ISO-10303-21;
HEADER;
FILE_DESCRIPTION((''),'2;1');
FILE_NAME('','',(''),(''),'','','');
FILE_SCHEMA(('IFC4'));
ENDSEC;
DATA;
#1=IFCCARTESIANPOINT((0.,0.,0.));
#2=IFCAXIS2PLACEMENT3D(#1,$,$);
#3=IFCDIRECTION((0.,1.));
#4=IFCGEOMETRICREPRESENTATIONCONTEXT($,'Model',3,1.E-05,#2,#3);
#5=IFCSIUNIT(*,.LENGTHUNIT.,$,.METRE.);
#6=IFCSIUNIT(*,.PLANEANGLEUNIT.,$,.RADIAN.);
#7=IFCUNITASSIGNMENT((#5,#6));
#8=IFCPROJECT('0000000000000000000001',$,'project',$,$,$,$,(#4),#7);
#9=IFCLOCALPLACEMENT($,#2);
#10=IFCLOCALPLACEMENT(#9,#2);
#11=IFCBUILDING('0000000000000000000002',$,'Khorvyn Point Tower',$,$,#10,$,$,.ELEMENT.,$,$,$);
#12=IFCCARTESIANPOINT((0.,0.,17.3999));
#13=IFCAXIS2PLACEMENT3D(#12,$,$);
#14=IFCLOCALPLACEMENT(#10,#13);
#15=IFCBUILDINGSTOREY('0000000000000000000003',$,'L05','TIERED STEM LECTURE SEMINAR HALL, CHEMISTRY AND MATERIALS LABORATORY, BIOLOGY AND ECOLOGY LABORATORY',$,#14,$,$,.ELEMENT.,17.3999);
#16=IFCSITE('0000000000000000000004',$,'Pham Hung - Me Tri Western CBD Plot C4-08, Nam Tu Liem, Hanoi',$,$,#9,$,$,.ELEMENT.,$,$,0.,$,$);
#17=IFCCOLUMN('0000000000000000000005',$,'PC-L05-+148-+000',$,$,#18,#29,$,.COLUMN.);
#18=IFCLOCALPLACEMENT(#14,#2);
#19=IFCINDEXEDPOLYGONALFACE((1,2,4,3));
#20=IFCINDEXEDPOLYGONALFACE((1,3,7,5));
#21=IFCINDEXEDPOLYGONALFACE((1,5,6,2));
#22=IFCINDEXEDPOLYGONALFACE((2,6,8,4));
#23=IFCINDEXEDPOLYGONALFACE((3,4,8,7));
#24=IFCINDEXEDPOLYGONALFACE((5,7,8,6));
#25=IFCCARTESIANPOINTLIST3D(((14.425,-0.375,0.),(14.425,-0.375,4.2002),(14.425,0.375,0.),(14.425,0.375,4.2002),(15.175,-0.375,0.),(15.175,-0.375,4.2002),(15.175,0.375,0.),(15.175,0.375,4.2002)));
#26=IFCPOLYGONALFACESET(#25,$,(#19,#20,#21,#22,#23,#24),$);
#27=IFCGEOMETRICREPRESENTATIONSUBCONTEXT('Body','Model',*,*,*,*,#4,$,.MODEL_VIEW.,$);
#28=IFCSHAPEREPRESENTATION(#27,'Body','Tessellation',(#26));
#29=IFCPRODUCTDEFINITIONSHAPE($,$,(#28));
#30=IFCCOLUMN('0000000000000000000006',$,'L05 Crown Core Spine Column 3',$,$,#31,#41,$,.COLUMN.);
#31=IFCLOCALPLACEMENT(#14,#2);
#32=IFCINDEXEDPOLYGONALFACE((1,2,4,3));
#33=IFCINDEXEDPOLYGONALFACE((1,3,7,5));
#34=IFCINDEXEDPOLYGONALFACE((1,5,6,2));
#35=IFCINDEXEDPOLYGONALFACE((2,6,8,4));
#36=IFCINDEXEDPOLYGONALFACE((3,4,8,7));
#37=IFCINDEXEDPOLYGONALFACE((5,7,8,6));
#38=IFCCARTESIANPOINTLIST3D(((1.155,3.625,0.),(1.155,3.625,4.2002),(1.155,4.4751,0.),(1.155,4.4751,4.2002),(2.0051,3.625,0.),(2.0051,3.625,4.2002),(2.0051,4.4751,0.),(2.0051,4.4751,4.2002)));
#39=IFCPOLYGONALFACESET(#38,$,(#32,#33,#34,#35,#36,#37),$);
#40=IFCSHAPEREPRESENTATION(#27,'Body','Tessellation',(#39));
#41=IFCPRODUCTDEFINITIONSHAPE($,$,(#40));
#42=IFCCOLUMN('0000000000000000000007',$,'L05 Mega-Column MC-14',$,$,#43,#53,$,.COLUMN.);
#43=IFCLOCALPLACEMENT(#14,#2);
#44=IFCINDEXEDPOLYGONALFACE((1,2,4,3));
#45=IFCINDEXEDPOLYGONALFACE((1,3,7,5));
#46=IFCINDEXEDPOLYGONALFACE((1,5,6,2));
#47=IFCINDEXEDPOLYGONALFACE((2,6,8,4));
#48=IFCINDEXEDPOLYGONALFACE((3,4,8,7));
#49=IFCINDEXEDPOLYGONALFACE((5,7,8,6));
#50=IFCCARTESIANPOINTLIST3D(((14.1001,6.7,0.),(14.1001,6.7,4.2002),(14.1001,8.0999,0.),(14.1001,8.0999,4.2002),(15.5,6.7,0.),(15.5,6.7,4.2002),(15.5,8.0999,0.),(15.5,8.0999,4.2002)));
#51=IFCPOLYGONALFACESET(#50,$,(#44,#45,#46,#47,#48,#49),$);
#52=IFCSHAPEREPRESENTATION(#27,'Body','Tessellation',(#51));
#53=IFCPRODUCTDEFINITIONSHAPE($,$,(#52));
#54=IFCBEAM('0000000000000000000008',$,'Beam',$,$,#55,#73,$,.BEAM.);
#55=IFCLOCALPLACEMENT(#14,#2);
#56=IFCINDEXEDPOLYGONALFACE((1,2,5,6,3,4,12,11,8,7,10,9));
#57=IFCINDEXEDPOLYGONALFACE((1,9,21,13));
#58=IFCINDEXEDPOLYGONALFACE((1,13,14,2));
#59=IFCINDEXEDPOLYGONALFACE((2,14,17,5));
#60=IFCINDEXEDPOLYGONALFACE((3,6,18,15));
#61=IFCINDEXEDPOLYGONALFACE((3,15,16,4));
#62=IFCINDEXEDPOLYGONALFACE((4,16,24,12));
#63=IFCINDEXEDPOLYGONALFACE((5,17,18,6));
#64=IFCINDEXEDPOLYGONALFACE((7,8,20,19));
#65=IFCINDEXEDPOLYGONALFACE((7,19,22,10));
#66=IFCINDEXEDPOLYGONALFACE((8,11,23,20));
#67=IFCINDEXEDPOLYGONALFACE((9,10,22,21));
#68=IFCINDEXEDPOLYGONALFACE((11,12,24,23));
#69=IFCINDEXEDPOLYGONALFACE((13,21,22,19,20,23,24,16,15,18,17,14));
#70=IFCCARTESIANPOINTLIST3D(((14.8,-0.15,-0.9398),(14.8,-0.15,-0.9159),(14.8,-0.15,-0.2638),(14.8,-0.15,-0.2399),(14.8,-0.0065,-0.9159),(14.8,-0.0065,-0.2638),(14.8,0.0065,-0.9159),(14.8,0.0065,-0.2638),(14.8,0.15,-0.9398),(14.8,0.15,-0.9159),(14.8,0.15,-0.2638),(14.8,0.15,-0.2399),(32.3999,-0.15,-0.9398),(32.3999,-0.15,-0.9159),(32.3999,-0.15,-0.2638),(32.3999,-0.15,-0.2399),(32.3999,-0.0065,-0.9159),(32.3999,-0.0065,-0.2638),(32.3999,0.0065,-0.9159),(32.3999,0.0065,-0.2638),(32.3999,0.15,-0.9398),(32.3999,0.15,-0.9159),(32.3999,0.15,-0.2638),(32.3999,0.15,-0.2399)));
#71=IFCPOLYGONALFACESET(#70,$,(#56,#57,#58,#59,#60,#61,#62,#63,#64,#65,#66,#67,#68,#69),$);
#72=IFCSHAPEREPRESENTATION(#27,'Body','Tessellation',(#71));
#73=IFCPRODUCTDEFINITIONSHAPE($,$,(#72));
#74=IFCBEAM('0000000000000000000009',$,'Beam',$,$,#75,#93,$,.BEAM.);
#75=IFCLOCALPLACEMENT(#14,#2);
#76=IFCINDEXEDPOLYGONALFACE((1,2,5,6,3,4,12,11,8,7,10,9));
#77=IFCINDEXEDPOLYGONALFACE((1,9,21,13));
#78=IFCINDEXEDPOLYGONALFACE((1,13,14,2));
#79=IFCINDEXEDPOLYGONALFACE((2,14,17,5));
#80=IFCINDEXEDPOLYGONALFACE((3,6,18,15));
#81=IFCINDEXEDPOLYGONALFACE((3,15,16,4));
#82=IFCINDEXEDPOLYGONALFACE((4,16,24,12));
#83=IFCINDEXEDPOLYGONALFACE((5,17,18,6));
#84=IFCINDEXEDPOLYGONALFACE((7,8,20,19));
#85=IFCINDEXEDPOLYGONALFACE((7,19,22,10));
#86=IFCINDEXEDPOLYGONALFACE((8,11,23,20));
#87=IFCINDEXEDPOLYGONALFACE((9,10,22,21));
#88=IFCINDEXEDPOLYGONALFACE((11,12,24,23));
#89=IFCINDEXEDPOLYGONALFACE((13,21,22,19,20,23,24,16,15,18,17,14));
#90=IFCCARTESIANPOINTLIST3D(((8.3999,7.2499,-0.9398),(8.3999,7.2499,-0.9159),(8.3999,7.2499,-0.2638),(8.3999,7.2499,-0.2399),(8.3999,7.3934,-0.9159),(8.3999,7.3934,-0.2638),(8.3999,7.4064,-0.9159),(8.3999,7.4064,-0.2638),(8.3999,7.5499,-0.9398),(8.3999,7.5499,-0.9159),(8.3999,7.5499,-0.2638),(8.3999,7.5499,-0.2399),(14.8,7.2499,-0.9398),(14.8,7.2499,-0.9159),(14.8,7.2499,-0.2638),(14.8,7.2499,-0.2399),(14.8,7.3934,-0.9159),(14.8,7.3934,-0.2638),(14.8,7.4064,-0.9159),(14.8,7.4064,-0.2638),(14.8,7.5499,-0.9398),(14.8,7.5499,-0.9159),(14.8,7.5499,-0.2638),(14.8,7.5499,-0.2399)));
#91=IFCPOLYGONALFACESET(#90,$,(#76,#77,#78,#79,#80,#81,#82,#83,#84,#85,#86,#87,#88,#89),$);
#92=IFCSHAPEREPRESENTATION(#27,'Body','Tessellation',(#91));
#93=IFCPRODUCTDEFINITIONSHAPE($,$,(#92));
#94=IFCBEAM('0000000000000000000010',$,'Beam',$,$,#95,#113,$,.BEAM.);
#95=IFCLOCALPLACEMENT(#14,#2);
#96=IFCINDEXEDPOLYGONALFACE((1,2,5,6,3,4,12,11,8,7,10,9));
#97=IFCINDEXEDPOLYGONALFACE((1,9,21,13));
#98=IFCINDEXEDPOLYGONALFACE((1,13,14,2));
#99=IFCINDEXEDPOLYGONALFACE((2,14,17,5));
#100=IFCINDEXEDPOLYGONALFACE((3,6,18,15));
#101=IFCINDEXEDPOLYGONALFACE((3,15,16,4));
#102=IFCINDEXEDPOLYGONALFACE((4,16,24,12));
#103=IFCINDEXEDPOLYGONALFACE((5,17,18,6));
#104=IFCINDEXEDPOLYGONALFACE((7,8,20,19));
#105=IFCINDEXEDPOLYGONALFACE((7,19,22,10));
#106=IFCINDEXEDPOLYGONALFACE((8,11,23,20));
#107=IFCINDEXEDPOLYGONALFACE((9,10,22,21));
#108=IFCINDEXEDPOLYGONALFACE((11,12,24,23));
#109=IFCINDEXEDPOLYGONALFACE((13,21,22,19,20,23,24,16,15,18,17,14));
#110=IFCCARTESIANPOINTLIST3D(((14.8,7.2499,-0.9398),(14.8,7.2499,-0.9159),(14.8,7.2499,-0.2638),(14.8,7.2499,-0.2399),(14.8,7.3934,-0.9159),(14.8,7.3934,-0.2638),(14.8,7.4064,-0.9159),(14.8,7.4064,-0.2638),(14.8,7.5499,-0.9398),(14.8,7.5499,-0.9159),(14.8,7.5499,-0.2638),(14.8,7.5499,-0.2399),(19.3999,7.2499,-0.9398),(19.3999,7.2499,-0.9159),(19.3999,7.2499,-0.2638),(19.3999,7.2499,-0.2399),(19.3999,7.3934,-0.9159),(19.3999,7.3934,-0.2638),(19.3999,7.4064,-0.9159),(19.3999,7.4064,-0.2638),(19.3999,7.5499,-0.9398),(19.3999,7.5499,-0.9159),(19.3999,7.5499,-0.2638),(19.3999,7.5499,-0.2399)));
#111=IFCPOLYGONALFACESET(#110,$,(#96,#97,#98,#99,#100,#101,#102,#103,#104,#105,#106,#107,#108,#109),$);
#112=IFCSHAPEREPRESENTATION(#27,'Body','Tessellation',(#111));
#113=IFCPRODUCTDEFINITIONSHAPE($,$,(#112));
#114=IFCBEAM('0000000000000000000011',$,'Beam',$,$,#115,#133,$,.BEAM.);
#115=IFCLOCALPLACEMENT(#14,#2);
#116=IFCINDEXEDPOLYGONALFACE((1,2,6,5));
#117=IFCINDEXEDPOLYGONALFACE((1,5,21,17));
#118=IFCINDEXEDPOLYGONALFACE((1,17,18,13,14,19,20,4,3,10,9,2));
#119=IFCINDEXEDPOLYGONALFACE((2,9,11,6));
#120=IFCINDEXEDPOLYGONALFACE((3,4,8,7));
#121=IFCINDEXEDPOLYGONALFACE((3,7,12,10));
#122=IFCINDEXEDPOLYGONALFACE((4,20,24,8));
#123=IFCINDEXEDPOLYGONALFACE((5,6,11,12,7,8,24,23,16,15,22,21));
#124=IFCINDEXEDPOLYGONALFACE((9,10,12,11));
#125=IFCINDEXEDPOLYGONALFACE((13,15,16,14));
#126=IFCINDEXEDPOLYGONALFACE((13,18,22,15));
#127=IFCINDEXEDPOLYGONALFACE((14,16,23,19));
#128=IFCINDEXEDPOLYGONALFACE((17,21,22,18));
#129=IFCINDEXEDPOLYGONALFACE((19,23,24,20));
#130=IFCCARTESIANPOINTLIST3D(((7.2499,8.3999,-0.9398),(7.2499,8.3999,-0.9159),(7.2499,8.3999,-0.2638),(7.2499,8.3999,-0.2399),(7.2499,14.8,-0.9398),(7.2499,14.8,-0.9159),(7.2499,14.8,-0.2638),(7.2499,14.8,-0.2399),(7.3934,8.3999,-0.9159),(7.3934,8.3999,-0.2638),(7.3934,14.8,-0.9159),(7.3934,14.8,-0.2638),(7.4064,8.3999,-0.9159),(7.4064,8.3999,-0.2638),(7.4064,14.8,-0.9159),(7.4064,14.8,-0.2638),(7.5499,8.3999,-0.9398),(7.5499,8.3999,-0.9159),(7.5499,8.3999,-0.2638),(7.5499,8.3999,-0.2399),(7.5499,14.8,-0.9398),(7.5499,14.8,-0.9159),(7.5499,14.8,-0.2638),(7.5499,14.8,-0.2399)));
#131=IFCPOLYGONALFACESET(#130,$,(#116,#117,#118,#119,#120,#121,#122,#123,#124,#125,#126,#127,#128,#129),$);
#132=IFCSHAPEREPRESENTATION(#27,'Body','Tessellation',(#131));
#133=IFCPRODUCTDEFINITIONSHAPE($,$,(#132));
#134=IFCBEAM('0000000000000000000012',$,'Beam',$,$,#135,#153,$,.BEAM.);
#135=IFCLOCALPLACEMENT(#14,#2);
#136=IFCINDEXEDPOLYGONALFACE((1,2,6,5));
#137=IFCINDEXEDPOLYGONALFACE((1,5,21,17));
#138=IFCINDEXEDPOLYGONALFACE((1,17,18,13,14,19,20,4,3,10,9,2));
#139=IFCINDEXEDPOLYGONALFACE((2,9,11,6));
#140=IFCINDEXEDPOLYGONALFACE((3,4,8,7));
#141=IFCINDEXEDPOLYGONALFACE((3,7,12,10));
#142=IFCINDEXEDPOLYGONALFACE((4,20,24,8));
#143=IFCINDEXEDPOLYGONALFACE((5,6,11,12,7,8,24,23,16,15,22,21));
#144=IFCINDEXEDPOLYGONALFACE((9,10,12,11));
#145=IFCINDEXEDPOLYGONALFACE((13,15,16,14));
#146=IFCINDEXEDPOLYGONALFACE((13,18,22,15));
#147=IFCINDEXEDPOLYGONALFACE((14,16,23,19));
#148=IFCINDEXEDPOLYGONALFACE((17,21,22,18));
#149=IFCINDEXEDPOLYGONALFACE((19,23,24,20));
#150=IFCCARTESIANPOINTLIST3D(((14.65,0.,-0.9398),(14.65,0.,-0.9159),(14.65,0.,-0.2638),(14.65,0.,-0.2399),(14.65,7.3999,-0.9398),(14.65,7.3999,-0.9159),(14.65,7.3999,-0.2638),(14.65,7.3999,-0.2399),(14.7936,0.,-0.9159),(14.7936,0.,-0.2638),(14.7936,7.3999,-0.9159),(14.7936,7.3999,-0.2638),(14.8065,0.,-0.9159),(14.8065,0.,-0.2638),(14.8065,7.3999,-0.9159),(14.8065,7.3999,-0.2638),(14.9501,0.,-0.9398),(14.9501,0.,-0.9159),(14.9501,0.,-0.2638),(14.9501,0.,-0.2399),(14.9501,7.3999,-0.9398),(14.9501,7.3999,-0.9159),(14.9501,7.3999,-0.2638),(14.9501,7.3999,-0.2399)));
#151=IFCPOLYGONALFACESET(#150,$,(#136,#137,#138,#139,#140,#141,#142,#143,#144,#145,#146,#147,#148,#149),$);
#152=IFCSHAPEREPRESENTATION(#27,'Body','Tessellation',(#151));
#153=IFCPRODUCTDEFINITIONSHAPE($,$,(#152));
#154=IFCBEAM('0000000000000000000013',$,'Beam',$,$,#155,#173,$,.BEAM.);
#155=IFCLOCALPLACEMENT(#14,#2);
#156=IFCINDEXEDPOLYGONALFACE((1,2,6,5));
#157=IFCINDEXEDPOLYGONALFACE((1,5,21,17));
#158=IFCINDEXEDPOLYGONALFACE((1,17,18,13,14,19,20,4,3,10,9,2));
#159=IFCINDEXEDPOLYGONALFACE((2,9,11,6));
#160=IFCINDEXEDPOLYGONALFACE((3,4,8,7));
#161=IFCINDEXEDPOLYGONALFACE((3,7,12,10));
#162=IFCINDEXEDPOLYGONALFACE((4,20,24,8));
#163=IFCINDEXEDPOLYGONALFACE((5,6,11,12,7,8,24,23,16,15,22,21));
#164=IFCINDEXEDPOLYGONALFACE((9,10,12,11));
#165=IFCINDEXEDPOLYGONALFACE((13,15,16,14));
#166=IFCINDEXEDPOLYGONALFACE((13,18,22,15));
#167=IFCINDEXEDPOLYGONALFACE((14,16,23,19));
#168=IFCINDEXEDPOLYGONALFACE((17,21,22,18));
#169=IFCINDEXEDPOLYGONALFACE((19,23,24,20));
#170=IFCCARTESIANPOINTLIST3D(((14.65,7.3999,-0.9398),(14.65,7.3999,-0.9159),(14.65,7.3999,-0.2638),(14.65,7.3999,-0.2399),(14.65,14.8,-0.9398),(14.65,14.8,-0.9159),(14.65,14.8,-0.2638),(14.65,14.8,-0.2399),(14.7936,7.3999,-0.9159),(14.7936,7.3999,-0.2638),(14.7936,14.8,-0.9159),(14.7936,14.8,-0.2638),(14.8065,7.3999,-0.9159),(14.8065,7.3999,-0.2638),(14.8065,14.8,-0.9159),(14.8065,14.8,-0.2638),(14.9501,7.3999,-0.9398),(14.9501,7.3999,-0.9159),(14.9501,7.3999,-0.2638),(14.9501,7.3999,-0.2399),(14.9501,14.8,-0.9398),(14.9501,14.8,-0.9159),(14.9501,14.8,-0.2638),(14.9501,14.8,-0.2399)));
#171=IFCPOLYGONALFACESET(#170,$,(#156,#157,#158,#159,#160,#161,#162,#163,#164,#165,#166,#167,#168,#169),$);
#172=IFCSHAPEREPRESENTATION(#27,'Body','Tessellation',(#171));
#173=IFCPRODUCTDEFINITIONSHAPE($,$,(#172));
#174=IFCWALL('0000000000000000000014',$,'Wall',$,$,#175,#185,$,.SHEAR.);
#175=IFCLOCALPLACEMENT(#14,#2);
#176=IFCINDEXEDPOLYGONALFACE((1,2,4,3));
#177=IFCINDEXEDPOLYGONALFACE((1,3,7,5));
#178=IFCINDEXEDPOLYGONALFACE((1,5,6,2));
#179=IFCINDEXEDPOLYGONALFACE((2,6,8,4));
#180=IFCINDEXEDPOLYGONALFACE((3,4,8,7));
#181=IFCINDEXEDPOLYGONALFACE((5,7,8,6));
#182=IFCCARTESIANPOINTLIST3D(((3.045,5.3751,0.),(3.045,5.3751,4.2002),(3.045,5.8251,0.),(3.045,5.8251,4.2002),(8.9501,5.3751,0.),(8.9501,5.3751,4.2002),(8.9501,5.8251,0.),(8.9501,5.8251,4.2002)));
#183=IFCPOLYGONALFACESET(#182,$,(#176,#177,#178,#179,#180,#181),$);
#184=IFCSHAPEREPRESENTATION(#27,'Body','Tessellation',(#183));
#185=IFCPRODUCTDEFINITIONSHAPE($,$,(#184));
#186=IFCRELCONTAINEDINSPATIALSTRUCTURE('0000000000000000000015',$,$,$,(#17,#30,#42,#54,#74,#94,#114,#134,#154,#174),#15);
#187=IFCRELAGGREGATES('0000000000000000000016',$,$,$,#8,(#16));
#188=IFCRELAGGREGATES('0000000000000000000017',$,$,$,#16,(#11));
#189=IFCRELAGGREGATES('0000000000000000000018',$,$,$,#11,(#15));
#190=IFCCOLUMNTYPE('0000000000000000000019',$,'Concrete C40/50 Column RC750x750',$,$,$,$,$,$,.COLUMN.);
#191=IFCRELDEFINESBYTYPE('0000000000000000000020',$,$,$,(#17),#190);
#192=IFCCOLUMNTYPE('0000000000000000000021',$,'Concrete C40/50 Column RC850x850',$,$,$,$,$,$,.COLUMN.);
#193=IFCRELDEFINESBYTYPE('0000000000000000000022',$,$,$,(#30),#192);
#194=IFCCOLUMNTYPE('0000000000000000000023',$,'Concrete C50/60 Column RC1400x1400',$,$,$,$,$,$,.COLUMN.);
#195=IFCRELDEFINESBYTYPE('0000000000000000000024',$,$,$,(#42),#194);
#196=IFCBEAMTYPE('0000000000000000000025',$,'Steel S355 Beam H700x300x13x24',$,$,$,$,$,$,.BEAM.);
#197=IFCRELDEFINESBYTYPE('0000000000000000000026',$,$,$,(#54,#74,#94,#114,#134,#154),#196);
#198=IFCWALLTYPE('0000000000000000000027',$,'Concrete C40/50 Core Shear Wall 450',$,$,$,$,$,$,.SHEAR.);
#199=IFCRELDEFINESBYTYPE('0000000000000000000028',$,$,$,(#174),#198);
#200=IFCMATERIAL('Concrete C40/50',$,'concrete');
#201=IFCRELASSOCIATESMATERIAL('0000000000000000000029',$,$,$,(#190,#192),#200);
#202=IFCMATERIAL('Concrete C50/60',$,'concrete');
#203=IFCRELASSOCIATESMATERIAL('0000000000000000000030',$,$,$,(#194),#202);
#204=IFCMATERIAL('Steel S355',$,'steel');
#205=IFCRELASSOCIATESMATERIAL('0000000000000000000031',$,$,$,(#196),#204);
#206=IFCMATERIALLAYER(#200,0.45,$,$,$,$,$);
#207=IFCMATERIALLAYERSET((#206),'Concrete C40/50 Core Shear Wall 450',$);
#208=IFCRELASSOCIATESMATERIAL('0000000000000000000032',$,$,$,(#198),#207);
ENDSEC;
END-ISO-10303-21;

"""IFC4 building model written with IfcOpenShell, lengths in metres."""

from ifc_helpers import new_model, si_unit, direction, frame, frame_2d, origin, origin_2d, place, context, subcontext, project, spatial, rectangle, i_section, extrude, material, layer, layer_set, material_profile, profile_set, type_object, element, save


model = new_model("IFC4")

# Units and contexts
model_context = context("Model", 3, precision=1e-05, world=origin(), true_north=direction((0.0, 1.0)))
body_context = subcontext(model_context, "Body", "Model", "MODEL_VIEW")
ifc_project = project(units=[si_unit("LENGTHUNIT", "METRE"), si_unit("PLANEANGLEUNIT", "RADIAN")], contexts=[model_context])

# Site, building, storey
site_placement = place(None, origin())
site = spatial("IfcSite", under=ifc_project, at=site_placement, Name="Pham Hung - Me Tri Western CBD Plot C4-08, Nam Tu Liem, Hanoi", CompositionType="ELEMENT", RefElevation=0.0)
building_placement = place(site_placement, origin())
building = spatial("IfcBuilding", under=site, at=building_placement, Name="Khorvyn Point Tower", CompositionType="ELEMENT")
storey_placement = place(building_placement, frame((0.0, 0.0, 17.3999)))
storey = spatial("IfcBuildingStorey", under=building, at=storey_placement, Name="L05", Description="TIERED STEM LECTURE SEMINAR HALL, CHEMISTRY AND MATERIALS LABORATORY, BIOLOGY AND ECOLOGY LABORATORY", CompositionType="ELEMENT", Elevation=17.3999)

# Columns
ifc_material_1 = material(Name="Concrete C40/50", Category="concrete")
ifc_material_profile_1 = material_profile(ifc_material_1, rectangle(XDim=0.75, YDim=0.75, at=origin_2d()))
ifc_profile_set_1 = profile_set([ifc_material_profile_1], Name="Concrete C40/50 RC750x750")
column_type_1 = type_object("IfcColumnType", Name="Concrete C40/50 Column RC750x750", PredefinedType="COLUMN", material=ifc_profile_set_1)
column_1_placement = place(storey_placement, frame((14.8, 0.0, 0.0), z_axis=(0.0, 0.0, 1.0), x_axis=(1.0, 0.0, 0.0)))
element("IfcColumn", 1, at=column_1_placement, inside=storey, type_object=column_type_1, Name="PC-L05-+148-+000", PredefinedType="COLUMN", context=body_context, shape_type="SweptSolid", body=[
    extrude(rectangle(XDim=0.75, YDim=0.75, at=origin_2d()), origin(), (0.0, 0.0, 1.0), 4.2002),
])
ifc_material_profile_2 = material_profile(ifc_material_1, rectangle(XDim=0.8501, YDim=0.8501, at=origin_2d()))
ifc_profile_set_2 = profile_set([ifc_material_profile_2], Name="Concrete C40/50 RC850x850")
column_type_2 = type_object("IfcColumnType", Name="Concrete C40/50 Column RC850x850", PredefinedType="COLUMN", material=ifc_profile_set_2)
column_2_placement = place(storey_placement, frame((1.5801, 4.05, 0.0), z_axis=(0.0, 0.0, 1.0), x_axis=(1.0, 0.0, 0.0)))
element("IfcColumn", 2, at=column_2_placement, inside=storey, type_object=column_type_2, Name="L05 Crown Core Spine Column 3", PredefinedType="COLUMN", context=body_context, shape_type="SweptSolid", body=[
    extrude(rectangle(XDim=0.8501, YDim=0.8501, at=origin_2d()), origin(), (0.0, 0.0, 1.0), 4.2002),
])
ifc_material_2 = material(Name="Concrete C50/60", Category="concrete")
ifc_material_profile_3 = material_profile(ifc_material_2, rectangle(XDim=1.3999, YDim=1.3999, at=origin_2d()))
ifc_profile_set_3 = profile_set([ifc_material_profile_3], Name="Concrete C50/60 RC1400x1400")
column_type_3 = type_object("IfcColumnType", Name="Concrete C50/60 Column RC1400x1400", PredefinedType="COLUMN", material=ifc_profile_set_3)
column_3_placement = place(storey_placement, frame((14.8, 7.3999, 0.0), z_axis=(0.0, 0.0, 1.0), x_axis=(1.0, 0.0, 0.0)))
element("IfcColumn", 3, at=column_3_placement, inside=storey, type_object=column_type_3, Name="L05 Mega-Column MC-14", PredefinedType="COLUMN", context=body_context, shape_type="SweptSolid", body=[
    extrude(rectangle(XDim=1.3999, YDim=1.3999, at=origin_2d()), origin(), (0.0, 0.0, 1.0), 4.2002),
])

# Beams
ifc_material_3 = material(Name="Steel S355", Category="steel")
ifc_material_profile_4 = material_profile(ifc_material_3, i_section(OverallWidth=0.3, OverallDepth=0.7, WebThickness=0.0129, FlangeThickness=0.0239, at=origin_2d()))
ifc_profile_set_4 = profile_set([ifc_material_profile_4], Name="Steel S355 H700x300x13x24")
beam_type = type_object("IfcBeamType", Name="Steel S355 Beam H700x300x13x24", PredefinedType="BEAM", material=ifc_profile_set_4)
beam_1_placement = place(storey_placement, frame((14.8, 0.0, -0.5898), z_axis=(1.0, 0.0, 0.0), x_axis=(0.0, 1.0, 0.0)))
element("IfcBeam", 4, at=beam_1_placement, inside=storey, type_object=beam_type, Name="Beam", PredefinedType="BEAM", context=body_context, shape_type="SweptSolid", body=[
    extrude(i_section(OverallWidth=0.3, OverallDepth=0.7, WebThickness=0.0129, FlangeThickness=0.0239, at=origin_2d()), origin(), (0.0, 0.0, 1.0), 17.5999),
])
beam_2_placement = place(storey_placement, frame((8.3999, 7.3999, -0.5898), z_axis=(1.0, 0.0, 0.0), x_axis=(0.0, 1.0, 0.0)))
element("IfcBeam", 5, at=beam_2_placement, inside=storey, type_object=beam_type, Name="Beam", PredefinedType="BEAM", context=body_context, shape_type="SweptSolid", body=[
    extrude(i_section(OverallWidth=0.3, OverallDepth=0.7, WebThickness=0.0129, FlangeThickness=0.0239, at=origin_2d()), origin(), (0.0, 0.0, 1.0), 6.4001),
])
beam_3_placement = place(storey_placement, frame((14.8, 7.3999, -0.5898), z_axis=(1.0, 0.0, 0.0), x_axis=(0.0, 1.0, 0.0)))
element("IfcBeam", 6, at=beam_3_placement, inside=storey, type_object=beam_type, Name="Beam", PredefinedType="BEAM", context=body_context, shape_type="SweptSolid", body=[
    extrude(i_section(OverallWidth=0.3, OverallDepth=0.7, WebThickness=0.0129, FlangeThickness=0.0239, at=origin_2d()), origin(), (0.0, 0.0, 1.0), 4.5999),
])
beam_4_placement = place(storey_placement, frame((7.3999, 8.3999, -0.5898), z_axis=(0.0, 1.0, 0.0), x_axis=(-1.0, 0.0, 0.0)))
element("IfcBeam", 7, at=beam_4_placement, inside=storey, type_object=beam_type, Name="Beam", PredefinedType="BEAM", context=body_context, shape_type="SweptSolid", body=[
    extrude(i_section(OverallWidth=0.3, OverallDepth=0.7, WebThickness=0.0129, FlangeThickness=0.0239, at=origin_2d()), origin(), (0.0, 0.0, 1.0), 6.4001),
])
beam_5_placement = place(storey_placement, frame((14.8, 0.0, -0.5898), z_axis=(0.0, 1.0, 0.0), x_axis=(-1.0, 0.0, 0.0)))
element("IfcBeam", 8, at=beam_5_placement, inside=storey, type_object=beam_type, Name="Beam", PredefinedType="BEAM", context=body_context, shape_type="SweptSolid", body=[
    extrude(i_section(OverallWidth=0.3, OverallDepth=0.7, WebThickness=0.0129, FlangeThickness=0.0239, at=origin_2d()), origin(), (0.0, 0.0, 1.0), 7.3999),
])
beam_6_placement = place(storey_placement, frame((14.8, 7.3999, -0.5898), z_axis=(0.0, 1.0, 0.0), x_axis=(-1.0, 0.0, 0.0)))
element("IfcBeam", 9, at=beam_6_placement, inside=storey, type_object=beam_type, Name="Beam", PredefinedType="BEAM", context=body_context, shape_type="SweptSolid", body=[
    extrude(i_section(OverallWidth=0.3, OverallDepth=0.7, WebThickness=0.0129, FlangeThickness=0.0239, at=origin_2d()), origin(), (0.0, 0.0, 1.0), 7.4001),
])

# Wall
ifc_layer_1 = layer(ifc_material_1, 0.45)
ifc_layer_set_1 = layer_set([ifc_layer_1], Name="Concrete C40/50 Core Shear Wall 450")
wall_type_1 = type_object("IfcWallType", Name="Concrete C40/50 Core Shear Wall 450", PredefinedType="SHEAR", material=ifc_layer_set_1)
wall_1_placement = place(storey_placement, frame((3.0449, 5.6001, 0.0), z_axis=(0.0, 0.0, 1.0), x_axis=(1.0, 0.0, 0.0)))
element("IfcWall", 10, at=wall_1_placement, inside=storey, type_object=wall_type_1, Name="Wall", PredefinedType="SHEAR", context=body_context, shape_type="SweptSolid", body=[
    extrude(rectangle(XDim=5.905, YDim=0.45, at=frame_2d((2.9526, 0.0))), origin(), (0.0, 0.0, 1.0), 4.2002),
])

save(model, "model.ifc")
